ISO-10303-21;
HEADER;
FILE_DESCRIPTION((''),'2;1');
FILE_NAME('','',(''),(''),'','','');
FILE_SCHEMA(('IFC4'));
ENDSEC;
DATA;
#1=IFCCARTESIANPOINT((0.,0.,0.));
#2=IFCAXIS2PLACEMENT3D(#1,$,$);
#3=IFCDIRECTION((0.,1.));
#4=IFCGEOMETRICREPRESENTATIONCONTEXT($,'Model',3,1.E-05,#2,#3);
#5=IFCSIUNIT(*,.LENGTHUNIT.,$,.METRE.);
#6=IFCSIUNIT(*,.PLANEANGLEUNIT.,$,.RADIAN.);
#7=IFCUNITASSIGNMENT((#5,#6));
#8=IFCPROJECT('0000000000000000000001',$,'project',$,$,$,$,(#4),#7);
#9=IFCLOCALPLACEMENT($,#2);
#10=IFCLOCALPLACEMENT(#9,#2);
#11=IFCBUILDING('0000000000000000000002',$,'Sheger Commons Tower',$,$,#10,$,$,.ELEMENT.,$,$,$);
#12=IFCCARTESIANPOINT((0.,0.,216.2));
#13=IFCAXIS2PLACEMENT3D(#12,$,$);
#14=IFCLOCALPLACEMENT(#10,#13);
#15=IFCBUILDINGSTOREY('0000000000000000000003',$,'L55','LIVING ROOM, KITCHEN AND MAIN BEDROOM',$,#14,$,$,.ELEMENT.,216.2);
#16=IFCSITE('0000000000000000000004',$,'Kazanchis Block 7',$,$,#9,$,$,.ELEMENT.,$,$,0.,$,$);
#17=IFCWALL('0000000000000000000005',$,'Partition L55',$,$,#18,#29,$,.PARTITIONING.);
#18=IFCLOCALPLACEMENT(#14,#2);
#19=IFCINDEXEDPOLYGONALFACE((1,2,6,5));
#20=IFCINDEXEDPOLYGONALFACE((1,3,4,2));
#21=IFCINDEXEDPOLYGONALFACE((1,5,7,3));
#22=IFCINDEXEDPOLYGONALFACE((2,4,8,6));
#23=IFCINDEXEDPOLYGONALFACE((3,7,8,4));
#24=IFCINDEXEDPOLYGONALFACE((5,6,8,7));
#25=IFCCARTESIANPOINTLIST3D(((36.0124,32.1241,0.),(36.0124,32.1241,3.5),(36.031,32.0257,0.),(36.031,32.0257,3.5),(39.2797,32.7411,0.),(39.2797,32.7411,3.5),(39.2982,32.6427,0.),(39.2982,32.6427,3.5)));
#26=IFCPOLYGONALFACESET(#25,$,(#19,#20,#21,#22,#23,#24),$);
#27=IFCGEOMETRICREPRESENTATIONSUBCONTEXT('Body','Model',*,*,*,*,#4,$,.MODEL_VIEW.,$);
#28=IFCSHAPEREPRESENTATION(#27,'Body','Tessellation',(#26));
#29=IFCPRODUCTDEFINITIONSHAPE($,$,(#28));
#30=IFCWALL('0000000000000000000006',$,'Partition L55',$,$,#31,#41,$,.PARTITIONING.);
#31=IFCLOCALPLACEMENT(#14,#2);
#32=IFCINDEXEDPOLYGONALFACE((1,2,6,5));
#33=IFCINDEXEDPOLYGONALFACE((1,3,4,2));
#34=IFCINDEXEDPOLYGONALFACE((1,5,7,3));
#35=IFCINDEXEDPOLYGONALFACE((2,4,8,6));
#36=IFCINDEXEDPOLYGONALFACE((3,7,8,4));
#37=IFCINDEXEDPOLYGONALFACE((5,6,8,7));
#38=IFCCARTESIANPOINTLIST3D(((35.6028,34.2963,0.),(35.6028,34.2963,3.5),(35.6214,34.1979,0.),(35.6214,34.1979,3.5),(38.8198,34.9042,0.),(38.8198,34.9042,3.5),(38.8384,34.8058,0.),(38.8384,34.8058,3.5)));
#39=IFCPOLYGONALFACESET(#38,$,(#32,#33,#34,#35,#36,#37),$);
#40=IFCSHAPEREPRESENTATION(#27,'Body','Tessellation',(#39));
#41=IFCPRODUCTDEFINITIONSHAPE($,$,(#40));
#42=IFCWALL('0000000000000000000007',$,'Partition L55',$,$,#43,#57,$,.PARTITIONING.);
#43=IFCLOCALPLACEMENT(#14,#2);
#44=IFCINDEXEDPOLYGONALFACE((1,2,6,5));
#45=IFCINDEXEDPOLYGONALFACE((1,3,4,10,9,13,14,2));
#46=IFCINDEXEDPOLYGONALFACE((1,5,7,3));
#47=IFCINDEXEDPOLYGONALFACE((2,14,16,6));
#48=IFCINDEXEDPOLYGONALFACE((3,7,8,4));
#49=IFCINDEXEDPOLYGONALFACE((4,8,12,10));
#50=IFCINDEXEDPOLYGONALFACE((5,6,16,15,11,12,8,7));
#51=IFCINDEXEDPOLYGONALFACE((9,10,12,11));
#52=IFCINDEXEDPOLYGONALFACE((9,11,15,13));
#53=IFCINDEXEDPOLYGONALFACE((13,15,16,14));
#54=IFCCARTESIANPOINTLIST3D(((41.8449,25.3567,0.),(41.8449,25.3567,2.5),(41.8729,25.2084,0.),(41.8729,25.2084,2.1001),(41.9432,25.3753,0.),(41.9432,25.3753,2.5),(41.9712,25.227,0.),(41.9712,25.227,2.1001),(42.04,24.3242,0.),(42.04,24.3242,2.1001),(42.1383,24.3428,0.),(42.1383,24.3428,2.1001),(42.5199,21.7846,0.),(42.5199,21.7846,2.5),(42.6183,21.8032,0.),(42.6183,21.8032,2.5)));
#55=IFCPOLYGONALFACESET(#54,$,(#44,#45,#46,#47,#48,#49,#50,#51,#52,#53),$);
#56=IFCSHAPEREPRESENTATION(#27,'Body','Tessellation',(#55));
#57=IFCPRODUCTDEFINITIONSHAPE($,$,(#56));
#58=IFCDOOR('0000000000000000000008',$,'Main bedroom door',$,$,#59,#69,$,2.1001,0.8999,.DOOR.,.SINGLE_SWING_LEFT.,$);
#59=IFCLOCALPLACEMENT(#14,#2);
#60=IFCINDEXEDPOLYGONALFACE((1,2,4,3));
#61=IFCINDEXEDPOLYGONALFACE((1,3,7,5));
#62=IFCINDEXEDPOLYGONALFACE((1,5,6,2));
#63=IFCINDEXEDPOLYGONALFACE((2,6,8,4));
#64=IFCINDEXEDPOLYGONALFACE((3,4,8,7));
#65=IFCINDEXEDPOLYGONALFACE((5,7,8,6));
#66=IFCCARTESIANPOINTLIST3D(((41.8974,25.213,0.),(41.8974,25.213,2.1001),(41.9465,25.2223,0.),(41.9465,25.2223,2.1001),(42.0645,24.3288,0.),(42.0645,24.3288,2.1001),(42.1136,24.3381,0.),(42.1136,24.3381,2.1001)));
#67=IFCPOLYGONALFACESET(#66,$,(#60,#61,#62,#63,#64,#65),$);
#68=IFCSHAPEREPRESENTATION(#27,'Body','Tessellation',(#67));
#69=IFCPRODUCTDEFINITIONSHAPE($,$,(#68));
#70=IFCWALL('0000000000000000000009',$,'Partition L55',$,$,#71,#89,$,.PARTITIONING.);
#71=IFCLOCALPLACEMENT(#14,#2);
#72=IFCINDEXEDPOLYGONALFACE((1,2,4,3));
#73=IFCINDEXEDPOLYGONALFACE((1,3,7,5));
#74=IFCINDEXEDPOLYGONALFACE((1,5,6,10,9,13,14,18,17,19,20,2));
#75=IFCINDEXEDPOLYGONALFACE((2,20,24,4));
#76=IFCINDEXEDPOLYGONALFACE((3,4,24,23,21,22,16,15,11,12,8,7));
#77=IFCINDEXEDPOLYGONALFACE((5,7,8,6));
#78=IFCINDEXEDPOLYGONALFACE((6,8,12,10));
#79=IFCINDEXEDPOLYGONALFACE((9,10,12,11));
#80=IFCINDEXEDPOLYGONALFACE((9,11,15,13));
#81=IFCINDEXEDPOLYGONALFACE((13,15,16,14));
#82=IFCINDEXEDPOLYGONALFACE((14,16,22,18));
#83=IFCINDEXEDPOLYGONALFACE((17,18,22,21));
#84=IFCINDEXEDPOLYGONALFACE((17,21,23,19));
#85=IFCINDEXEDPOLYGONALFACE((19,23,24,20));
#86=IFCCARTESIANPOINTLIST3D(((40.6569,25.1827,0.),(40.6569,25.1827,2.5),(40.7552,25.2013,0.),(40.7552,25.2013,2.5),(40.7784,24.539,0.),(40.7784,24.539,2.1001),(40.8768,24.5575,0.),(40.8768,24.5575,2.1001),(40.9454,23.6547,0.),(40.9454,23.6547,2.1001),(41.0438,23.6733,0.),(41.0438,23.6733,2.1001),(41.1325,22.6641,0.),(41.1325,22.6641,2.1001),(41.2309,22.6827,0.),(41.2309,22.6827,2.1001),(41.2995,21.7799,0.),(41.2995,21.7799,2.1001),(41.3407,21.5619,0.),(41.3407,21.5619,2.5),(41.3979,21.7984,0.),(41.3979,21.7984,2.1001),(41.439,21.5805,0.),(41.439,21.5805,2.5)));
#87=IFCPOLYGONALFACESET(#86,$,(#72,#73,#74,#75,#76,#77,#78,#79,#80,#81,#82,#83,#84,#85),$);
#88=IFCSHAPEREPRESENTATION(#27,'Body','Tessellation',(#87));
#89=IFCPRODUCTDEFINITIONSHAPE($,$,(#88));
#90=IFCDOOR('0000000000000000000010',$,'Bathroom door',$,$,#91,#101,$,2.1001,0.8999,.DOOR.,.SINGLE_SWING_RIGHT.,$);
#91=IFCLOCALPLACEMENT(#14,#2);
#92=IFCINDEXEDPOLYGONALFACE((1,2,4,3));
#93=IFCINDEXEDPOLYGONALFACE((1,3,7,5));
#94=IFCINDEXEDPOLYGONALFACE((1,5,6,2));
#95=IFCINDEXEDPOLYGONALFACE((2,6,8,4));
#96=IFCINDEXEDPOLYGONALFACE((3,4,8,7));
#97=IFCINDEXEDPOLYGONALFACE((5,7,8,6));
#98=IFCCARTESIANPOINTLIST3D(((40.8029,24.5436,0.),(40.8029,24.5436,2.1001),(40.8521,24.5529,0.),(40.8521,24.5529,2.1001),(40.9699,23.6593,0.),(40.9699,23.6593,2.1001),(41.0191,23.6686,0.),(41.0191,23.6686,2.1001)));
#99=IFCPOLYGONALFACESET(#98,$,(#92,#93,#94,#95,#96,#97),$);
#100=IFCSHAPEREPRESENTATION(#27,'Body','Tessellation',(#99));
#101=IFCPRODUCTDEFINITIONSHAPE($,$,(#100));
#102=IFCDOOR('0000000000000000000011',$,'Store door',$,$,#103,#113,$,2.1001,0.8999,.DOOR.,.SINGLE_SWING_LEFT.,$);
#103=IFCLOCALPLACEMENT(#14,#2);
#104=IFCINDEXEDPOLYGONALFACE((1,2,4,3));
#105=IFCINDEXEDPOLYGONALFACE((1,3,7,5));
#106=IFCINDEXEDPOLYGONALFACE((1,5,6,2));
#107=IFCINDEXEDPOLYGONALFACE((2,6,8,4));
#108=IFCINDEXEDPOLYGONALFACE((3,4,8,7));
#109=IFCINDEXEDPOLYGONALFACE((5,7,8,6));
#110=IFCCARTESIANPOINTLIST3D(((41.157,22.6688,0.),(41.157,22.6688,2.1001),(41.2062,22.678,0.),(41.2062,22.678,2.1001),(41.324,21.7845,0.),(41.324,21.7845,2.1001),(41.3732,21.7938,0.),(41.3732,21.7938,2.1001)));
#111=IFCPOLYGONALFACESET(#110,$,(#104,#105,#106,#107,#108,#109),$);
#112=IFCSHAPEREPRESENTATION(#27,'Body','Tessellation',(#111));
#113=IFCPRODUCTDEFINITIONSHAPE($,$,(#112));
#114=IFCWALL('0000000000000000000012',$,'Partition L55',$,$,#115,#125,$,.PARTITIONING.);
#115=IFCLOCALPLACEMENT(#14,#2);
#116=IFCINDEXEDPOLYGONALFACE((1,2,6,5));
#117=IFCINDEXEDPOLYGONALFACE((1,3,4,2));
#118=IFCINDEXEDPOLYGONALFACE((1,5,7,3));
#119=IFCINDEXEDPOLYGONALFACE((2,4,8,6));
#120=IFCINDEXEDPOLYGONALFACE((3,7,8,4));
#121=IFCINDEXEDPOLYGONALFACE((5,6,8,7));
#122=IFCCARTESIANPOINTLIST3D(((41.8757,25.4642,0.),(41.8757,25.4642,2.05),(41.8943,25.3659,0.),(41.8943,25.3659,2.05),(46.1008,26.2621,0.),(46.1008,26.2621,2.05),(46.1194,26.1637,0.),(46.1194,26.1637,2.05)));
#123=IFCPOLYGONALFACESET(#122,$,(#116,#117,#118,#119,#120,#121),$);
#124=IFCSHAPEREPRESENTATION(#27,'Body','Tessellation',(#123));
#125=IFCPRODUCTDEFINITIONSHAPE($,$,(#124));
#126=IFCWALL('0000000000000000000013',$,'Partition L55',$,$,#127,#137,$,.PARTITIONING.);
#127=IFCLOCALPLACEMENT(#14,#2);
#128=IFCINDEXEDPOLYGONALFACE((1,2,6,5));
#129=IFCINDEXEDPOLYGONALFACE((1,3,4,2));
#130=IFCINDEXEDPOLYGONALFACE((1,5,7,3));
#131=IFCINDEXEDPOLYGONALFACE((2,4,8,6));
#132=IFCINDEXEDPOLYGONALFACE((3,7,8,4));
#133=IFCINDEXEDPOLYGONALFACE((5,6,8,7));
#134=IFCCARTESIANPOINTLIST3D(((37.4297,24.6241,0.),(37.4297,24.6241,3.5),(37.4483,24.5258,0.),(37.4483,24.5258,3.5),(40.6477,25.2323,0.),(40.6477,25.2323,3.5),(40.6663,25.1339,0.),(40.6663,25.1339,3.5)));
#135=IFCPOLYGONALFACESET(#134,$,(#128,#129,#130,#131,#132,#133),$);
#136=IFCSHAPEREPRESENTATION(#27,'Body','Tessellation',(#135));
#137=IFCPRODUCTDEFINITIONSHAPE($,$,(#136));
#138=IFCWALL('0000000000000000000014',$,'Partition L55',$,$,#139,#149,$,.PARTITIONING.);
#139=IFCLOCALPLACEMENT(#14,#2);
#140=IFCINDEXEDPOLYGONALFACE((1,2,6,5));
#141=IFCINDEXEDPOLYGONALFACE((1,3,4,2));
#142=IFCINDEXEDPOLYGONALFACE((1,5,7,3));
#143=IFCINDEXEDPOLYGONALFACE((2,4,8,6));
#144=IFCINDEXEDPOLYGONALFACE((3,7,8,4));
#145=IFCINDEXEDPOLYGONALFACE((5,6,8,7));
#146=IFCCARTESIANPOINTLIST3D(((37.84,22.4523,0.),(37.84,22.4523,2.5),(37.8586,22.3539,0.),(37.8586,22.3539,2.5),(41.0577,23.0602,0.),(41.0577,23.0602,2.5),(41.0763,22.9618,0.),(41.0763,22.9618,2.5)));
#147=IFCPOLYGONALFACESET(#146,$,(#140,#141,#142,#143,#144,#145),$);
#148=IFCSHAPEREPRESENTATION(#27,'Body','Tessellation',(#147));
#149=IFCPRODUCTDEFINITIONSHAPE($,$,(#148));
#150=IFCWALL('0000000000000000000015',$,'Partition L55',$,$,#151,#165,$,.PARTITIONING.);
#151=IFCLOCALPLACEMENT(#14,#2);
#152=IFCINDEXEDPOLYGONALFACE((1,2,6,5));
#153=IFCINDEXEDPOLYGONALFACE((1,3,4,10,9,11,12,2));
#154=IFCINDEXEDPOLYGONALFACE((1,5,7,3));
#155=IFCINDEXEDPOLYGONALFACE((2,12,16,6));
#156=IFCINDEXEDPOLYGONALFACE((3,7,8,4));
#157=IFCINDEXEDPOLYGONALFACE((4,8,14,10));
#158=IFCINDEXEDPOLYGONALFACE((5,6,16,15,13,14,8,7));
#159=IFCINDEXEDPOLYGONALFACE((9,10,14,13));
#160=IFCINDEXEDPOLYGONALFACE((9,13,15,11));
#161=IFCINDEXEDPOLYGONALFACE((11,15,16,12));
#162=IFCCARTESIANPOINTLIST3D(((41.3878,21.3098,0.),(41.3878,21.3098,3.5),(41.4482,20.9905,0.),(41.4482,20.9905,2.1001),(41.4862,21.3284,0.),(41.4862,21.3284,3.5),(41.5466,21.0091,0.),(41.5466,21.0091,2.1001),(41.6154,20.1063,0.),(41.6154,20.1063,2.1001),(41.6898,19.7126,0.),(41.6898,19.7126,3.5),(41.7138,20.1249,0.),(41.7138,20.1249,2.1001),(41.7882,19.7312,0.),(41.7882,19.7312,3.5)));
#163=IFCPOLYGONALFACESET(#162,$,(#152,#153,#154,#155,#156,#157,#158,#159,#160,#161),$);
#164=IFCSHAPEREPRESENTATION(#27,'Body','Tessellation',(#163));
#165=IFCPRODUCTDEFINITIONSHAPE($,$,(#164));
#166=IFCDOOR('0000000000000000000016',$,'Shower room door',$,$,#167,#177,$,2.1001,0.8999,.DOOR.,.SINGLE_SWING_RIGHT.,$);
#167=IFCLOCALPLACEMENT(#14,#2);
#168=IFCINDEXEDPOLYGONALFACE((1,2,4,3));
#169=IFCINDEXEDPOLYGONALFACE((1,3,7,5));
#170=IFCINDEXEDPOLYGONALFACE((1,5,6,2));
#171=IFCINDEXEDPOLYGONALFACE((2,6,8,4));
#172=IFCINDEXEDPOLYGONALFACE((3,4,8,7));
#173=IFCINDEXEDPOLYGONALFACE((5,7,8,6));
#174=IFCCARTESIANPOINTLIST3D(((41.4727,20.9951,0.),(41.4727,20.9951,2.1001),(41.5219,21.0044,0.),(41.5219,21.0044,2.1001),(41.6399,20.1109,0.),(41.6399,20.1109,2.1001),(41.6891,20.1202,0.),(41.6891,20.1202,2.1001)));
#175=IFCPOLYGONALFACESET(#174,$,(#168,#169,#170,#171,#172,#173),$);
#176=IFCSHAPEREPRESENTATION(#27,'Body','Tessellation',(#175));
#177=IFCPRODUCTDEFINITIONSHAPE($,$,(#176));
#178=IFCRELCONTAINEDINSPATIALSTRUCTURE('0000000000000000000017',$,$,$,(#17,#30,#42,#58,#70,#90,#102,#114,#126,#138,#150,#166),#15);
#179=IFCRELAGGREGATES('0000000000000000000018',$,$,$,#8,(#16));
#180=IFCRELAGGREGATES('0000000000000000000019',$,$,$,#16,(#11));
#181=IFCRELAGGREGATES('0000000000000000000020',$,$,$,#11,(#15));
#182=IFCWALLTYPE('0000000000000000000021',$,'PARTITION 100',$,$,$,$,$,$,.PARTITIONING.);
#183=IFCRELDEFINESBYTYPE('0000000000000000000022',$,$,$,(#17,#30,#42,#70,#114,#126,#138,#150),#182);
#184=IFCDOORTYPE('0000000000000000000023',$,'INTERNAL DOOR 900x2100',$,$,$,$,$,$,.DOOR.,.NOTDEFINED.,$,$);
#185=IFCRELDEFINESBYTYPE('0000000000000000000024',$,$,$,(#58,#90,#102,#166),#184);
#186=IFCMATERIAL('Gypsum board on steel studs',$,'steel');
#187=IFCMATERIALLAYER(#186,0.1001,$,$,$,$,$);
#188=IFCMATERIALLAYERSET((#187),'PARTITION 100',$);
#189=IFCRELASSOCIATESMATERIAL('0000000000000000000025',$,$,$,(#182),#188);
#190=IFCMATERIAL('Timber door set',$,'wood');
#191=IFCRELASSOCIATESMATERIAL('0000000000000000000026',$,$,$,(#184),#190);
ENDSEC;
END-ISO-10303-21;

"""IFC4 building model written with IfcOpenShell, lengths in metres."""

from ifc_helpers import new_model, si_unit, direction, frame, frame_2d, origin, place, context, subcontext, project, spatial, rectangle, extrude, material, layer, layer_set, type_object, element, fill, save


model = new_model("IFC4")

# Units and contexts
model_context = context("Model", 3, precision=1e-05, world=origin(), true_north=direction((0.0, 1.0)))
body_context = subcontext(model_context, "Body", "Model", "MODEL_VIEW")
ifc_project = project(units=[si_unit("LENGTHUNIT", "METRE"), si_unit("PLANEANGLEUNIT", "RADIAN")], contexts=[model_context])

# Site, building, storey
site_placement = place(None, origin())
site = spatial("IfcSite", under=ifc_project, at=site_placement, Name="Kazanchis Block 7", CompositionType="ELEMENT", RefElevation=0.0)
building_placement = place(site_placement, origin())
building = spatial("IfcBuilding", under=site, at=building_placement, Name="Sheger Commons Tower", CompositionType="ELEMENT")
storey_placement = place(building_placement, frame((0.0, 0.0, 216.2)))
storey = spatial("IfcBuildingStorey", under=building, at=storey_placement, Name="L55", Description="LIVING ROOM, KITCHEN AND MAIN BEDROOM", CompositionType="ELEMENT", Elevation=216.2)

# Walls
ifc_material_1 = material(Name="Gypsum board on steel studs", Category="steel")
ifc_layer_1 = layer(ifc_material_1, 0.1001)
ifc_layer_set_1 = layer_set([ifc_layer_1], Name="PARTITION 100")
wall_type_1 = type_object("IfcWallType", Name="PARTITION 100", PredefinedType="PARTITIONING", material=ifc_layer_set_1)
wall_1_placement = place(storey_placement, frame((39.2891, 32.6919, 0.0), z_axis=(0.0, 0.0, 1.0), x_axis=(-0.982634, -0.185556, 0.0)))
element("IfcWall", 1, at=wall_1_placement, inside=storey, type_object=wall_type_1, Name="Partition L55", PredefinedType="PARTITIONING", context=body_context, shape_type="SweptSolid", body=[
    extrude(rectangle(XDim=3.325, YDim=0.1001, at=frame_2d((1.6626, 0.0))), origin(), (0.0, 0.0, 1.0), 3.5),
])
wall_2_placement = place(storey_placement, frame((38.8291, 34.855, 0.0), z_axis=(0.0, 0.0, 1.0), x_axis=(-0.98261, -0.18568, 0.0)))
element("IfcWall", 2, at=wall_2_placement, inside=storey, type_object=wall_type_1, Name="Partition L55", PredefinedType="PARTITIONING", context=body_context, shape_type="SweptSolid", body=[
    extrude(rectangle(XDim=3.2739, YDim=0.1001, at=frame_2d((1.637, 0.0))), origin(), (0.0, 0.0, 1.0), 3.5),
])

# Wall, opening, door
wall_3_placement = place(storey_placement, frame((41.894, 25.366, 0.0), z_axis=(0.0, 0.0, 1.0), x_axis=(0.185695, -0.982607, 0.0)))
wall_3 = element("IfcWall", 3, at=wall_3_placement, inside=storey, type_object=wall_type_1, Name="Partition L55", PredefinedType="PARTITIONING", context=body_context, shape_type="SweptSolid", body=[
    extrude(rectangle(XDim=3.6353, YDim=0.1001, at=frame_2d((1.8176, 0.0))), origin(), (0.0, 0.0, 1.0), 2.5),
])
opening_1_placement = place(wall_3_placement, frame((0.1509, 0.0, 0.0)))
opening_1 = element("IfcOpeningElement", 4, at=opening_1_placement, cuts=wall_3, PredefinedType="OPENING", context=body_context, shape_type="SweptSolid", body=[
    extrude(rectangle(XDim=0.8999, YDim=2.1001, at=frame_2d((0.45, 1.05))), frame((0.0, 0.0601, 0.0), z_axis=(0.0, -1.0, 0.0), x_axis=(1.0, 0.0, 0.0)), (0.0, 0.0, 1.0), 0.1201),
])
ifc_material_2 = material(Name="Timber door set", Category="wood")
door_type = type_object("IfcDoorType", Name="INTERNAL DOOR 900x2100", OperationType="NOTDEFINED", PredefinedType="DOOR", material=ifc_material_2)
door_1_placement = place(opening_1_placement, origin())
door_1 = element("IfcDoor", 5, at=door_1_placement, inside=storey, type_object=door_type, Name="Main bedroom door", OperationType="SINGLE_SWING_LEFT", OverallHeight=2.1001, OverallWidth=0.8999, PredefinedType="DOOR", context=body_context, shape_type="SweptSolid", body=[
    extrude(rectangle(XDim=0.8999, YDim=2.1001, at=frame_2d((0.45, 1.05))), frame((0.0, 0.0249, 0.0), z_axis=(0.0, -1.0, 0.0), x_axis=(1.0, 0.0, 0.0)), (0.0, 0.0, 1.0), 0.05),
])
fill(opening_1, door_1)

# Wall, openings, doors
wall_4_placement = place(storey_placement, frame((40.7061, 25.1919, 0.0), z_axis=(0.0, 0.0, 1.0), x_axis=(0.18558, -0.982629, 0.0)))
wall_4 = element("IfcWall", 6, at=wall_4_placement, inside=storey, type_object=wall_type_1, Name="Partition L55", PredefinedType="PARTITIONING", context=body_context, shape_type="SweptSolid", body=[
    extrude(rectangle(XDim=3.6848, YDim=0.1001, at=frame_2d((1.8423, 0.0))), origin(), (0.0, 0.0, 1.0), 2.5),
])
opening_2_placement = place(wall_4_placement, frame((0.655, 0.0, 0.0)))
opening_2 = element("IfcOpeningElement", 7, at=opening_2_placement, cuts=wall_4, PredefinedType="OPENING", context=body_context, shape_type="SweptSolid", body=[
    extrude(rectangle(XDim=0.8999, YDim=2.1001, at=frame_2d((0.45, 1.05))), frame((0.0, 0.0601, 0.0), z_axis=(0.0, -1.0, 0.0), x_axis=(1.0, 0.0, 0.0)), (0.0, 0.0, 1.0), 0.1201),
])
opening_3_placement = place(wall_4_placement, frame((2.563, 0.0, 0.0)))
opening_3 = element("IfcOpeningElement", 8, at=opening_3_placement, cuts=wall_4, PredefinedType="OPENING", context=body_context, shape_type="SweptSolid", body=[
    extrude(rectangle(XDim=0.8999, YDim=2.1001, at=frame_2d((0.45, 1.05))), frame((0.0, 0.0601, 0.0), z_axis=(0.0, -1.0, 0.0), x_axis=(1.0, 0.0, 0.0)), (0.0, 0.0, 1.0), 0.1201),
])
door_2_placement = place(opening_2_placement, origin())
door_2 = element("IfcDoor", 9, at=door_2_placement, inside=storey, type_object=door_type, Name="Bathroom door", OperationType="SINGLE_SWING_RIGHT", OverallHeight=2.1001, OverallWidth=0.8999, PredefinedType="DOOR", context=body_context, shape_type="SweptSolid", body=[
    extrude(rectangle(XDim=0.8999, YDim=2.1001, at=frame_2d((0.45, 1.05))), frame((0.0, 0.0249, 0.0), z_axis=(0.0, -1.0, 0.0), x_axis=(1.0, 0.0, 0.0)), (0.0, 0.0, 1.0), 0.05),
])
fill(opening_2, door_2)
door_3_placement = place(opening_3_placement, origin())
door_3 = element("IfcDoor", 10, at=door_3_placement, inside=storey, type_object=door_type, Name="Store door", OperationType="SINGLE_SWING_LEFT", OverallHeight=2.1001, OverallWidth=0.8999, PredefinedType="DOOR", context=body_context, shape_type="SweptSolid", body=[
    extrude(rectangle(XDim=0.8999, YDim=2.1001, at=frame_2d((0.45, 1.05))), frame((0.0, 0.0249, 0.0), z_axis=(0.0, -1.0, 0.0), x_axis=(1.0, 0.0, 0.0)), (0.0, 0.0, 1.0), 0.05),
])
fill(opening_3, door_3)

# Walls
wall_5_placement = place(storey_placement, frame((46.1101, 26.2129, 0.0), z_axis=(0.0, 0.0, 1.0), x_axis=(-0.982634, -0.185557, 0.0)))
element("IfcWall", 11, at=wall_5_placement, inside=storey, type_object=wall_type_1, Name="Partition L55", PredefinedType="PARTITIONING", context=body_context, shape_type="SweptSolid", body=[
    extrude(rectangle(XDim=4.2998, YDim=0.1001, at=frame_2d((2.1499, 0.0))), origin(), (0.0, 0.0, 1.0), 2.05),
])
wall_6_placement = place(storey_placement, frame((40.657, 25.1831, 0.0), z_axis=(0.0, 0.0, 1.0), x_axis=(-0.982607, -0.185697, 0.0)))
element("IfcWall", 12, at=wall_6_placement, inside=storey, type_object=wall_type_1, Name="Partition L55", PredefinedType="PARTITIONING", context=body_context, shape_type="SweptSolid", body=[
    extrude(rectangle(XDim=3.2749, YDim=0.1001, at=frame_2d((1.6375, 0.0))), origin(), (0.0, 0.0, 1.0), 3.5),
])
wall_7_placement = place(storey_placement, frame((41.0669, 23.011, 0.0), z_axis=(0.0, 0.0, 1.0), x_axis=(-0.982618, -0.185639, 0.0)))
element("IfcWall", 13, at=wall_7_placement, inside=storey, type_object=wall_type_1, Name="Partition L55", PredefinedType="PARTITIONING", context=body_context, shape_type="SweptSolid", body=[
    extrude(rectangle(XDim=3.2747, YDim=0.1001, at=frame_2d((1.6372, 0.0))), origin(), (0.0, 0.0, 1.0), 2.5),
])

# Wall, opening, door
wall_8_placement = place(storey_placement, frame((41.437, 21.3191, 0.0), z_axis=(0.0, 0.0, 1.0), x_axis=(0.185794, -0.982589, 0.0)))
wall_8 = element("IfcWall", 14, at=wall_8_placement, inside=storey, type_object=wall_type_1, Name="Partition L55", PredefinedType="PARTITIONING", context=body_context, shape_type="SweptSolid", body=[
    extrude(rectangle(XDim=1.6255, YDim=0.1001, at=frame_2d((0.8127, 0.0))), origin(), (0.0, 0.0, 1.0), 3.5),
])
opening_4_placement = place(wall_8_placement, frame((0.325, 0.0, 0.0)))
opening_4 = element("IfcOpeningElement", 15, at=opening_4_placement, cuts=wall_8, PredefinedType="OPENING", context=body_context, shape_type="SweptSolid", body=[
    extrude(rectangle(XDim=0.8999, YDim=2.1001, at=frame_2d((0.45, 1.05))), frame((0.0, 0.0601, 0.0), z_axis=(0.0, -1.0, 0.0), x_axis=(1.0, 0.0, 0.0)), (0.0, 0.0, 1.0), 0.1201),
])
door_4_placement = place(opening_4_placement, origin())
door_4 = element("IfcDoor", 16, at=door_4_placement, inside=storey, type_object=door_type, Name="Shower room door", OperationType="SINGLE_SWING_RIGHT", OverallHeight=2.1001, OverallWidth=0.8999, PredefinedType="DOOR", context=body_context, shape_type="SweptSolid", body=[
    extrude(rectangle(XDim=0.8999, YDim=2.1001, at=frame_2d((0.45, 1.05))), frame((0.0, 0.0249, 0.0), z_axis=(0.0, -1.0, 0.0), x_axis=(1.0, 0.0, 0.0)), (0.0, 0.0, 1.0), 0.05),
])
fill(opening_4, door_4)

save(model, "model.ifc")
